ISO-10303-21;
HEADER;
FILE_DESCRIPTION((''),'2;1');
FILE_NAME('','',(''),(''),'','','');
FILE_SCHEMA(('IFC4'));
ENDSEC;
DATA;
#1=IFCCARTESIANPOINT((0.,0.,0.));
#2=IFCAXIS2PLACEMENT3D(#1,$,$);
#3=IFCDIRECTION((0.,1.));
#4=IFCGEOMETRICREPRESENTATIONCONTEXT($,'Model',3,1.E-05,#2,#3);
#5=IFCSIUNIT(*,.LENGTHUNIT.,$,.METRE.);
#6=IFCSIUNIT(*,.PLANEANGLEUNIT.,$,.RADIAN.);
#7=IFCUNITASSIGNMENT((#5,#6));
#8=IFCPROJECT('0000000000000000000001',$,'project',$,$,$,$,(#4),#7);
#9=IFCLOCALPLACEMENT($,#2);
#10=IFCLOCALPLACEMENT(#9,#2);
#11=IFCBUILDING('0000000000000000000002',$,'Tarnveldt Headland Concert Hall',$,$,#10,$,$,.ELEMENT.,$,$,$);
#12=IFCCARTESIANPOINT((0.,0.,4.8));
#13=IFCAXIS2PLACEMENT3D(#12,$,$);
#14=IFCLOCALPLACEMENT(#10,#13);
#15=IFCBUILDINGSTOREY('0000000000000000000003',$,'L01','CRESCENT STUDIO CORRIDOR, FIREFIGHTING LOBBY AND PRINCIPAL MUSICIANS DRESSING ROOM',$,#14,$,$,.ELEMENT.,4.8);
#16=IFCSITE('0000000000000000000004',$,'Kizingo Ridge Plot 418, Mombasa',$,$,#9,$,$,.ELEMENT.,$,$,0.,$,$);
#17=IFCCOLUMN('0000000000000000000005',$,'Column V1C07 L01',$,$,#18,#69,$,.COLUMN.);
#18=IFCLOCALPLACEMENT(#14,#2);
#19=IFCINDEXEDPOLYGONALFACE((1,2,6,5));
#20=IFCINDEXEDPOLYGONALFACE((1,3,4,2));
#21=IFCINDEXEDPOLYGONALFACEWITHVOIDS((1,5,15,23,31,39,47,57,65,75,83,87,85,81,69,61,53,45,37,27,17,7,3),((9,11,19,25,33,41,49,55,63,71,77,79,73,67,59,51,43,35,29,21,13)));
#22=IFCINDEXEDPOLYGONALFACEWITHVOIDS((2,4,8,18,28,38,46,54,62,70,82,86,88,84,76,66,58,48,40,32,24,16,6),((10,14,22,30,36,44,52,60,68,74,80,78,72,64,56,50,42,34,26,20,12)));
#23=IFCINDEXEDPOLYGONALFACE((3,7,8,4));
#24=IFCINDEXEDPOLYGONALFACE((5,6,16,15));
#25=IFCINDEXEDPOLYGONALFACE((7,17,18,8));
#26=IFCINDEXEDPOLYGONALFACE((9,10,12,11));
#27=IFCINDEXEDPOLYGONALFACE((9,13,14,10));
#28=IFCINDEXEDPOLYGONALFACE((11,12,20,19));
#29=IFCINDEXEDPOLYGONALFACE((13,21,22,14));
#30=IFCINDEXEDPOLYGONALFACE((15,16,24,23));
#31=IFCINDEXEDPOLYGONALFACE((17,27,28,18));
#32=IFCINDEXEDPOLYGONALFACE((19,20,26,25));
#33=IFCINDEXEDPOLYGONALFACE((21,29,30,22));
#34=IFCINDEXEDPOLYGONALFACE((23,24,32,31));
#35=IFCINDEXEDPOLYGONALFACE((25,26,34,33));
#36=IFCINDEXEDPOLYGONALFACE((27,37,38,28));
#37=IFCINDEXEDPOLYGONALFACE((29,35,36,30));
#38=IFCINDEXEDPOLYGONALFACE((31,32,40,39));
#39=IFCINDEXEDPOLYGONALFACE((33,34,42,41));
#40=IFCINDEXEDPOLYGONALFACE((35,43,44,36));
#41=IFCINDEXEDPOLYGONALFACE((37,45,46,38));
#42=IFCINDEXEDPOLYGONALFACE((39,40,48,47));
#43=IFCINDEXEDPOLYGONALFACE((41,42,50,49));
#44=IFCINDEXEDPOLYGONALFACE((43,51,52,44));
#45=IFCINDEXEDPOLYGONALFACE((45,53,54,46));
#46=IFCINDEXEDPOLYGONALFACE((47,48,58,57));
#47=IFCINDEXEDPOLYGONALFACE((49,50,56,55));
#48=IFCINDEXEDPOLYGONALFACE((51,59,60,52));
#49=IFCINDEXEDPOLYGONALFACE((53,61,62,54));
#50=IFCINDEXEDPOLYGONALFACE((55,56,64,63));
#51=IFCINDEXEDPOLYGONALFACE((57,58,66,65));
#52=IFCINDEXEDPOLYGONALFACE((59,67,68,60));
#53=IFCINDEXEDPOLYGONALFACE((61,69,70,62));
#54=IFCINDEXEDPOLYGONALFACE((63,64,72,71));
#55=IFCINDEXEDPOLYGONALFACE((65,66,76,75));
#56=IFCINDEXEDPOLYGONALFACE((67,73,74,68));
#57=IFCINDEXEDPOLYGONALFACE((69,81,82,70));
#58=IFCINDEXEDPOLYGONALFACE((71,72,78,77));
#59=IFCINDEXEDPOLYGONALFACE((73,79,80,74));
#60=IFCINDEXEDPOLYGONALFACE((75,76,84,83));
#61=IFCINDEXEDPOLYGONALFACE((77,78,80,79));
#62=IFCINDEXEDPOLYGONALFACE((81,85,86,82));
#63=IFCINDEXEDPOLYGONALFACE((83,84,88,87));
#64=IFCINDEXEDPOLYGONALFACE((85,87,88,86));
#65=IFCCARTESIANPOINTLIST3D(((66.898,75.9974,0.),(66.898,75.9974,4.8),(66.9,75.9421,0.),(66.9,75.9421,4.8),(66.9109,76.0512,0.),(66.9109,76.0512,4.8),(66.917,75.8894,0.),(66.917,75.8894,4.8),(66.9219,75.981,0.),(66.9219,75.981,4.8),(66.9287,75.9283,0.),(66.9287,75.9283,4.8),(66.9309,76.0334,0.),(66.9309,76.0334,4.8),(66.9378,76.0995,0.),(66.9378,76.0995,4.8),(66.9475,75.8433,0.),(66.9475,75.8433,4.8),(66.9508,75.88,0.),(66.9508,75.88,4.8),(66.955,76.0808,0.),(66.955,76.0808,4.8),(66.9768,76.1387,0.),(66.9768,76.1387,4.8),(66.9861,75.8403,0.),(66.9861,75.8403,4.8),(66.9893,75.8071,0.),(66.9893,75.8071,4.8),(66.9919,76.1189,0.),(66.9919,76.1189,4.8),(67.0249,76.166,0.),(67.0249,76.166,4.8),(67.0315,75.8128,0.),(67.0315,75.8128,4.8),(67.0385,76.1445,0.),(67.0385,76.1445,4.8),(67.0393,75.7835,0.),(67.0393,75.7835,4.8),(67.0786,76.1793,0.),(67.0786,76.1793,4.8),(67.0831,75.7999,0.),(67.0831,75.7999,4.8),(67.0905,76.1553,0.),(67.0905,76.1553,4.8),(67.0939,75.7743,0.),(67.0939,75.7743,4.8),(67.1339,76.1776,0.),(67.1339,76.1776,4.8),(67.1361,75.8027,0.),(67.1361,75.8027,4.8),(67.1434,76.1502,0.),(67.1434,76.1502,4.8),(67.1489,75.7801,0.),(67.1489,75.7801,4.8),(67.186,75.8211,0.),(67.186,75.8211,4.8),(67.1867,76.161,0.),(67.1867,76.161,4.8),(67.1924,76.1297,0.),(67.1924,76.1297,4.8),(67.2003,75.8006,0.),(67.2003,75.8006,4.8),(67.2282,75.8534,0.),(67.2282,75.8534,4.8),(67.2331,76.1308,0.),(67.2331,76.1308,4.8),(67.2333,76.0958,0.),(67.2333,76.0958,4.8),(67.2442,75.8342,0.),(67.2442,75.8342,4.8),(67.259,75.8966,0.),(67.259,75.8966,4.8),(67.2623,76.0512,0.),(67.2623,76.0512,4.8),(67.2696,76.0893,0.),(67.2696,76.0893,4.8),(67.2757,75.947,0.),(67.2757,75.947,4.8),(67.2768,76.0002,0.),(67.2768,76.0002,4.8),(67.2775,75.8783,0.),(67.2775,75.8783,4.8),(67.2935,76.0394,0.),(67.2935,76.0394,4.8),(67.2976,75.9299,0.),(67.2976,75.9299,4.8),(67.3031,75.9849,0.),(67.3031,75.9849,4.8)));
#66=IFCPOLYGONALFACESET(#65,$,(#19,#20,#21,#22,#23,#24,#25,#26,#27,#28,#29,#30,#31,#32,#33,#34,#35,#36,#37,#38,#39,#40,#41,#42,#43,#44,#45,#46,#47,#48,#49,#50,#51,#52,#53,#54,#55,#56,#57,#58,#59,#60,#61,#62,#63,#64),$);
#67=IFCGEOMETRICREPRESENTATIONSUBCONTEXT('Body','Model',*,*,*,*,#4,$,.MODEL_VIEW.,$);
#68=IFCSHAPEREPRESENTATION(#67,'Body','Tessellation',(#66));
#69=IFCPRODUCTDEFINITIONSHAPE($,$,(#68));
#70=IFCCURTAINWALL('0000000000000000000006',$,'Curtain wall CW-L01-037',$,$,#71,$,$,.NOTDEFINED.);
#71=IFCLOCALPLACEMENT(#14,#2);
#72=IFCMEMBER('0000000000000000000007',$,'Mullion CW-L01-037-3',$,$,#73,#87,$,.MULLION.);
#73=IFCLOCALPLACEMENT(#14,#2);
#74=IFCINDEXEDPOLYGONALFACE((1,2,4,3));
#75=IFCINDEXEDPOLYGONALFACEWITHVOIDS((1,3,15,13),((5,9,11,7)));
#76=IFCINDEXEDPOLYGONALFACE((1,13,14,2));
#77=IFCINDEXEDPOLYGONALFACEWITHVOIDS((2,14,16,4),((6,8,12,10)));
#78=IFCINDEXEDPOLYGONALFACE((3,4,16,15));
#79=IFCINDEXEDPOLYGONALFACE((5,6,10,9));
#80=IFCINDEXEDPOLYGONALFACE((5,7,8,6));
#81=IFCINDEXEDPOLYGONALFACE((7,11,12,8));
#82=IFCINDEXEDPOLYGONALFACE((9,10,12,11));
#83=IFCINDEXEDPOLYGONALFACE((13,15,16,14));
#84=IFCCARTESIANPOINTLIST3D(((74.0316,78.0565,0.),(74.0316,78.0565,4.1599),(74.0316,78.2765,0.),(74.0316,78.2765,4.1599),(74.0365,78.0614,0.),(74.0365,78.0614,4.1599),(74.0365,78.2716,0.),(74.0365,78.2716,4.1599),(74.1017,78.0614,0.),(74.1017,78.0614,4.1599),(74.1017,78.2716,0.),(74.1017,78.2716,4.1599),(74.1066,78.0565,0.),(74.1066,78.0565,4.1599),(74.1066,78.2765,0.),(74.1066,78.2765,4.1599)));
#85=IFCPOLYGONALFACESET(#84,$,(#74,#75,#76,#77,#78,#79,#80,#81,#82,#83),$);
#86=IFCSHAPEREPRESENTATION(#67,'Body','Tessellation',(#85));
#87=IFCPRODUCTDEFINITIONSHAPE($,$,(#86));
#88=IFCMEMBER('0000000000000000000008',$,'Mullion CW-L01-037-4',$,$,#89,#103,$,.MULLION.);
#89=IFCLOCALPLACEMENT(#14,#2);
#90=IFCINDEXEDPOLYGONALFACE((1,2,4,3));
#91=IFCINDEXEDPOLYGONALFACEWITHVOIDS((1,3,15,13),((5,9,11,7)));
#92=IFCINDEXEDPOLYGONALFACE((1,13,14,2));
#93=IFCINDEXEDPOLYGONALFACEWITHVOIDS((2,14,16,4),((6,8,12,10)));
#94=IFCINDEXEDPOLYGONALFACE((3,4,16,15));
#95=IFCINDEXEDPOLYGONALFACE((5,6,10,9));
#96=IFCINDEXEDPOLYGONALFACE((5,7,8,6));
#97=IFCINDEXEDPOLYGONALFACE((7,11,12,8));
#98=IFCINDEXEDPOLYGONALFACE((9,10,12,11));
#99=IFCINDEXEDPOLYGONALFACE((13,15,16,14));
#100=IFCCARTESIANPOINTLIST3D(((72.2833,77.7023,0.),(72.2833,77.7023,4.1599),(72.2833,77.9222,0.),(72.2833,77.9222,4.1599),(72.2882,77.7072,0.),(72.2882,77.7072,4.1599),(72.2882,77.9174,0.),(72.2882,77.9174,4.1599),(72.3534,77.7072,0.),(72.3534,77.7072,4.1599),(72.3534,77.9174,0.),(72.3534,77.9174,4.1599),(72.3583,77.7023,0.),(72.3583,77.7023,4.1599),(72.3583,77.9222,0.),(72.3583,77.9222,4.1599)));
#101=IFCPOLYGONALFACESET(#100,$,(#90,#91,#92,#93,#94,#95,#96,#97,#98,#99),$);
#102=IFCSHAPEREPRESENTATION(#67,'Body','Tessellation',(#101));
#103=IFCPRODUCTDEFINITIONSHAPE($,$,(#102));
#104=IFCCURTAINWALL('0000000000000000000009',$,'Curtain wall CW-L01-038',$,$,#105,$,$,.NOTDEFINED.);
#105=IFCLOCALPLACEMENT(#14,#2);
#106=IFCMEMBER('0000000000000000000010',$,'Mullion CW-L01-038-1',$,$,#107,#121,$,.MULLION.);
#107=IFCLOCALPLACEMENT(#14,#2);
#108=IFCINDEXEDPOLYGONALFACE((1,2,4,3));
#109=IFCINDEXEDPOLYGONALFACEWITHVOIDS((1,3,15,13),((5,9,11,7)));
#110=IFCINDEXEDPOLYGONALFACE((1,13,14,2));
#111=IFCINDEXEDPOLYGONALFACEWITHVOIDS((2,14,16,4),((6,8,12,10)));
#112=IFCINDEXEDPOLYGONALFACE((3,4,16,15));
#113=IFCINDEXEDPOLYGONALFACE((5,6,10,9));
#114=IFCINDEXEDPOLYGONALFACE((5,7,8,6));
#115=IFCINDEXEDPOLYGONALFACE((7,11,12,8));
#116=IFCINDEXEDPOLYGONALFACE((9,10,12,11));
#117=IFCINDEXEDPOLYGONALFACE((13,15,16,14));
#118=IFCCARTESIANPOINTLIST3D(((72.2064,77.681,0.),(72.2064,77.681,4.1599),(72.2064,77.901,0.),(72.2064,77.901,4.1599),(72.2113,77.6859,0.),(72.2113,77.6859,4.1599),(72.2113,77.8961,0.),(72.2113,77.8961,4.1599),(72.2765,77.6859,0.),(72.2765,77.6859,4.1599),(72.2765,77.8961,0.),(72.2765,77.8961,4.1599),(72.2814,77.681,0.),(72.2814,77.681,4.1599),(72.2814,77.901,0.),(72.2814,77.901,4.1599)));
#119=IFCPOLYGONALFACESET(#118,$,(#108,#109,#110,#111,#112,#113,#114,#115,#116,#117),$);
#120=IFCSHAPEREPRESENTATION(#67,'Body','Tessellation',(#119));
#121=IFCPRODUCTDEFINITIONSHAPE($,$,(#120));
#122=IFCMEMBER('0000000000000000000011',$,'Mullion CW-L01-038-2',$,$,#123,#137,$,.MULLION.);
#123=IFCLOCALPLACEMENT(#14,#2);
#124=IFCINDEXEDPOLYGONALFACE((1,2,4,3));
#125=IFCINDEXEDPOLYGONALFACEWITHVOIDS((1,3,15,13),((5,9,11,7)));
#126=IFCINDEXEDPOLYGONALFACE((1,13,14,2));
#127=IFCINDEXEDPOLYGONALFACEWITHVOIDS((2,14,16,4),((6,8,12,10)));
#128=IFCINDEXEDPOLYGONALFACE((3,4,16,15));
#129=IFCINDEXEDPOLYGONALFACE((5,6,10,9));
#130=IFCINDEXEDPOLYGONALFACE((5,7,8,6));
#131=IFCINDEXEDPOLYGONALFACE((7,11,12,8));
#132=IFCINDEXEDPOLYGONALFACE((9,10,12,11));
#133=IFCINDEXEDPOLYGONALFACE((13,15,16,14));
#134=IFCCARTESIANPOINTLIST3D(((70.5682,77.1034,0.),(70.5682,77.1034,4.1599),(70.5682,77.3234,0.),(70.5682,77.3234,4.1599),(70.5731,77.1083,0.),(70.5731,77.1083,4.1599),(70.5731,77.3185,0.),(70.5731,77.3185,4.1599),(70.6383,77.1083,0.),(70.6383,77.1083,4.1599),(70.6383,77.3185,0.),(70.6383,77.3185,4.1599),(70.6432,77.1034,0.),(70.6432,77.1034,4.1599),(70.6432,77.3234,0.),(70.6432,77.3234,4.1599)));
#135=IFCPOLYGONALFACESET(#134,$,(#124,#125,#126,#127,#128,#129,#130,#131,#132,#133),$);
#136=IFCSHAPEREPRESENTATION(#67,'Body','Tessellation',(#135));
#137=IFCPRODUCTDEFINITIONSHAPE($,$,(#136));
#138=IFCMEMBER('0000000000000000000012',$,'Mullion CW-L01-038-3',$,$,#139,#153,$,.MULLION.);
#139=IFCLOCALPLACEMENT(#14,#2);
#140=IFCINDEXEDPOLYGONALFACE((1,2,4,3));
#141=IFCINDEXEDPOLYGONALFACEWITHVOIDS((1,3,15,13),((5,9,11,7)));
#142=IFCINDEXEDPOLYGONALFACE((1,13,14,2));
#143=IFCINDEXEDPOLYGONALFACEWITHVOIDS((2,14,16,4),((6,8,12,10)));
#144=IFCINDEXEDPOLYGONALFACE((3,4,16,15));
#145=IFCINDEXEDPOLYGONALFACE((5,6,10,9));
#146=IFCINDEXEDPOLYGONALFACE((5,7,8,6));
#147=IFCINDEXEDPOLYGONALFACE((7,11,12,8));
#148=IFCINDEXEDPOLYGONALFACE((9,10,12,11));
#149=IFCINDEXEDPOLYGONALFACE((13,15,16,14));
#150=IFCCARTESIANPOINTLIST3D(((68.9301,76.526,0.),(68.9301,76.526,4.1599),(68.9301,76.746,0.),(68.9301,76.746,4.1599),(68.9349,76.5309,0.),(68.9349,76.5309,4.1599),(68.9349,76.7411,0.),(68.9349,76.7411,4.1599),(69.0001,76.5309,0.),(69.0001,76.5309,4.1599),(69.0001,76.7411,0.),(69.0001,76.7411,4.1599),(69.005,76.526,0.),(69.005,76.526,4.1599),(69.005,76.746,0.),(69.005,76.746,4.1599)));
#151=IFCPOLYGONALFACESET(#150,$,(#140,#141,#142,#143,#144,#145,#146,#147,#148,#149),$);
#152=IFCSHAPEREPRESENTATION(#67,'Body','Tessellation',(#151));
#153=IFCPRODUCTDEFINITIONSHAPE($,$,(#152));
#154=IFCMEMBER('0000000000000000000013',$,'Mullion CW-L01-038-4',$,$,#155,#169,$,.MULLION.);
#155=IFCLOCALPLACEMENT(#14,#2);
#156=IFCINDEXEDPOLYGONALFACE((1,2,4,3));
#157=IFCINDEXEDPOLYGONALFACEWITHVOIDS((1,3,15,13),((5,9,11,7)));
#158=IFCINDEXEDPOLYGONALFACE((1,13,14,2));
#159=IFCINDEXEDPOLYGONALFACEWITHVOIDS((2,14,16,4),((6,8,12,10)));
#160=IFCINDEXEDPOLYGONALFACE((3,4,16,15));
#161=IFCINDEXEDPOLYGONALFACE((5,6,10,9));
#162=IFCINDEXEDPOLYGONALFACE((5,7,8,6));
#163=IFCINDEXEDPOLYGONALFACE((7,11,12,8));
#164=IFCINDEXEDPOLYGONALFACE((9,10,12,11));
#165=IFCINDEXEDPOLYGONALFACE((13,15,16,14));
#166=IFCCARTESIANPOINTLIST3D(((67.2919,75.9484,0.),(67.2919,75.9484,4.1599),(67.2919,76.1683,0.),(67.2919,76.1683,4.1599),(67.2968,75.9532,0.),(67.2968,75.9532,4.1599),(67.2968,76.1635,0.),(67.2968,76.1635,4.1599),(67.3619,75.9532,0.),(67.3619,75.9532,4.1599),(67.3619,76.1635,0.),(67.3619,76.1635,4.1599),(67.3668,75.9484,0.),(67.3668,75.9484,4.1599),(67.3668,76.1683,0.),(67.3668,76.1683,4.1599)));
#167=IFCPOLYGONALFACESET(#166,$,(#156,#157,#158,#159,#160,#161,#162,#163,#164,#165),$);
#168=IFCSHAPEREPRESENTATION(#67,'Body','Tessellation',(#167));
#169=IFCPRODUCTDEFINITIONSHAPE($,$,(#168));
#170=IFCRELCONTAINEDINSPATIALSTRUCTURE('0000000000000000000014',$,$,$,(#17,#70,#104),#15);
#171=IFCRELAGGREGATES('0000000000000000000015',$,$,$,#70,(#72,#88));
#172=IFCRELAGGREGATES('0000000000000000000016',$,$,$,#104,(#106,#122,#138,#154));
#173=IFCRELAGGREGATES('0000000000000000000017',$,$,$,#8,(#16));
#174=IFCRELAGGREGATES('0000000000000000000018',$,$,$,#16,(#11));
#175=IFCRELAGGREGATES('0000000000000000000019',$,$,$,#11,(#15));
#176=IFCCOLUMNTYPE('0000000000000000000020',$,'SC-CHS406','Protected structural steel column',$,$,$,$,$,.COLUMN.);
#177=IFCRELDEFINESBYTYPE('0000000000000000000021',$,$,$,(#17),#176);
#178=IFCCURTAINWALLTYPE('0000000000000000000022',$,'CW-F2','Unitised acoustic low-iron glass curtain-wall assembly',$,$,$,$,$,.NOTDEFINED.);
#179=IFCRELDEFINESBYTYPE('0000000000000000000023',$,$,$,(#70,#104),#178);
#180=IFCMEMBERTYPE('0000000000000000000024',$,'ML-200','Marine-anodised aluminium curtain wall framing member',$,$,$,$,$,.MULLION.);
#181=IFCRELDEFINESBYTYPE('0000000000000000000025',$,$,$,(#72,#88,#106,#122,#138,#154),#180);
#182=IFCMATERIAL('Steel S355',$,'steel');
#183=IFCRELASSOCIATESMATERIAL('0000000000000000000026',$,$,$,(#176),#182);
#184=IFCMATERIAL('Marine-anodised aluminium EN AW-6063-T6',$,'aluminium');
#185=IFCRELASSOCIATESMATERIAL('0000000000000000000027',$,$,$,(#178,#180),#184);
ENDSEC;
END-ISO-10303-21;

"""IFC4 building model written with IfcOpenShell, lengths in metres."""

from ifc_helpers import new_model, si_unit, direction, frame, origin, origin_2d, place, context, subcontext, project, spatial, hollow_rectangle, hollow_circle, extrude, material, material_profile, profile_set, type_object, element, aggregate, save


model = new_model("IFC4")

# Units and contexts
model_context = context("Model", 3, precision=1e-05, world=origin(), true_north=direction((0.0, 1.0)))
body_context = subcontext(model_context, "Body", "Model", "MODEL_VIEW")
ifc_project = project(units=[si_unit("LENGTHUNIT", "METRE"), si_unit("PLANEANGLEUNIT", "RADIAN")], contexts=[model_context])

# Site, building, storey
site_placement = place(None, origin())
site = spatial("IfcSite", under=ifc_project, at=site_placement, Name="Kizingo Ridge Plot 418, Mombasa", CompositionType="ELEMENT", RefElevation=0.0)
building_placement = place(site_placement, origin())
building = spatial("IfcBuilding", under=site, at=building_placement, Name="Tarnveldt Headland Concert Hall", CompositionType="ELEMENT")
storey_placement = place(building_placement, frame((0.0, 0.0, 4.8)))
storey = spatial("IfcBuildingStorey", under=building, at=storey_placement, Name="L01", Description="CRESCENT STUDIO CORRIDOR, FIREFIGHTING LOBBY AND PRINCIPAL MUSICIANS DRESSING ROOM", CompositionType="ELEMENT", Elevation=4.8)

# Column
ifc_material_1 = material(Name="Steel S355", Category="steel")
ifc_material_profile_1 = material_profile(ifc_material_1, hollow_circle(Radius=0.2031, WallThickness=0.0249, at=origin_2d()), Name="CHS 406.4x25", Category="steel")
ifc_profile_set_1 = profile_set([ifc_material_profile_1], Name="Steel S355")
column_type = type_object("IfcColumnType", Name="SC-CHS406", Description="Protected structural steel column", PredefinedType="COLUMN", material=ifc_profile_set_1)
column_placement = place(storey_placement, frame((67.1001, 75.9773, 0.0), z_axis=(0.0, 0.0, 1.0), x_axis=(-0.60696, 0.794733, 0.0)))
element("IfcColumn", 1, at=column_placement, inside=storey, type_object=column_type, Name="Column V1C07 L01", PredefinedType="COLUMN", context=body_context, shape_type="SweptSolid", body=[
    extrude(hollow_circle(Radius=0.2031, WallThickness=0.0249, at=origin_2d()), origin(), (0.0, 0.0, 1.0), 4.8),
])

# Curtain walls, members
ifc_material_2 = material(Name="Marine-anodised aluminium EN AW-6063-T6", Category="aluminium")
curtain_wall_type = type_object("IfcCurtainWallType", Name="CW-F2", Description="Unitised acoustic low-iron glass curtain-wall assembly", PredefinedType="NOTDEFINED", material=ifc_material_2)
curtain_wall_1_placement = place(storey_placement, origin())
curtain_wall_1 = element("IfcCurtainWall", 2, at=curtain_wall_1_placement, inside=storey, type_object=curtain_wall_type, Name="Curtain wall CW-L01-037", PredefinedType="NOTDEFINED")
ifc_material_profile_2 = material_profile(ifc_material_2, hollow_rectangle(XDim=0.075, YDim=0.22, WallThickness=0.0049, at=origin_2d()), Name="ALU MULLION 75x220x5", Category="aluminium")
ifc_profile_set_2 = profile_set([ifc_material_profile_2], Name="Marine-anodised aluminium EN AW-6063-T6")
member_type_1 = type_object("IfcMemberType", Name="ML-200", Description="Marine-anodised aluminium curtain wall framing member", PredefinedType="MULLION", material=ifc_profile_set_2)
member_1_placement = place(storey_placement, frame((74.0691, 78.1665, 0.0), z_axis=(0.0, 0.0, 1.0), x_axis=(1.0, 0.0, 0.0)))
member_1 = element("IfcMember", 3, at=member_1_placement, type_object=member_type_1, Name="Mullion CW-L01-037-3", PredefinedType="MULLION", context=body_context, shape_type="SweptSolid", body=[
    extrude(hollow_rectangle(XDim=0.075, YDim=0.22, WallThickness=0.0049, at=origin_2d()), origin(), (0.0, 0.0, 1.0), 4.1599),
])
member_2_placement = place(storey_placement, frame((72.3208, 77.8123, 0.0), z_axis=(0.0, 0.0, 1.0), x_axis=(1.0, 0.0, 0.0)))
member_2 = element("IfcMember", 4, at=member_2_placement, type_object=member_type_1, Name="Mullion CW-L01-037-4", PredefinedType="MULLION", context=body_context, shape_type="SweptSolid", body=[
    extrude(hollow_rectangle(XDim=0.075, YDim=0.22, WallThickness=0.0049, at=origin_2d()), origin(), (0.0, 0.0, 1.0), 4.1599),
])
curtain_wall_2_placement = place(storey_placement, origin())
curtain_wall_2 = element("IfcCurtainWall", 5, at=curtain_wall_2_placement, inside=storey, type_object=curtain_wall_type, Name="Curtain wall CW-L01-038", PredefinedType="NOTDEFINED")
member_3_placement = place(storey_placement, frame((72.2439, 77.791, 0.0), z_axis=(0.0, 0.0, 1.0), x_axis=(1.0, 0.0, 0.0)))
member_3 = element("IfcMember", 6, at=member_3_placement, type_object=member_type_1, Name="Mullion CW-L01-038-1", PredefinedType="MULLION", context=body_context, shape_type="SweptSolid", body=[
    extrude(hollow_rectangle(XDim=0.075, YDim=0.22, WallThickness=0.0049, at=origin_2d()), origin(), (0.0, 0.0, 1.0), 4.1599),
])
member_4_placement = place(storey_placement, frame((70.6057, 77.2134, 0.0), z_axis=(0.0, 0.0, 1.0), x_axis=(1.0, 0.0, 0.0)))
member_4 = element("IfcMember", 7, at=member_4_placement, type_object=member_type_1, Name="Mullion CW-L01-038-2", PredefinedType="MULLION", context=body_context, shape_type="SweptSolid", body=[
    extrude(hollow_rectangle(XDim=0.075, YDim=0.22, WallThickness=0.0049, at=origin_2d()), origin(), (0.0, 0.0, 1.0), 4.1599),
])
member_5_placement = place(storey_placement, frame((68.9675, 76.636, 0.0), z_axis=(0.0, 0.0, 1.0), x_axis=(1.0, 0.0, 0.0)))
member_5 = element("IfcMember", 8, at=member_5_placement, type_object=member_type_1, Name="Mullion CW-L01-038-3", PredefinedType="MULLION", context=body_context, shape_type="SweptSolid", body=[
    extrude(hollow_rectangle(XDim=0.075, YDim=0.22, WallThickness=0.0049, at=origin_2d()), origin(), (0.0, 0.0, 1.0), 4.1599),
])
member_6_placement = place(storey_placement, frame((67.3293, 76.0583, 0.0), z_axis=(0.0, 0.0, 1.0), x_axis=(1.0, 0.0, 0.0)))
member_6 = element("IfcMember", 9, at=member_6_placement, type_object=member_type_1, Name="Mullion CW-L01-038-4", PredefinedType="MULLION", context=body_context, shape_type="SweptSolid", body=[
    extrude(hollow_rectangle(XDim=0.075, YDim=0.22, WallThickness=0.0049, at=origin_2d()), origin(), (0.0, 0.0, 1.0), 4.1599),
])

aggregate(curtain_wall_1, [member_1, member_2])
aggregate(curtain_wall_2, [member_3, member_4, member_5, member_6])

save(model, "model.ifc")
